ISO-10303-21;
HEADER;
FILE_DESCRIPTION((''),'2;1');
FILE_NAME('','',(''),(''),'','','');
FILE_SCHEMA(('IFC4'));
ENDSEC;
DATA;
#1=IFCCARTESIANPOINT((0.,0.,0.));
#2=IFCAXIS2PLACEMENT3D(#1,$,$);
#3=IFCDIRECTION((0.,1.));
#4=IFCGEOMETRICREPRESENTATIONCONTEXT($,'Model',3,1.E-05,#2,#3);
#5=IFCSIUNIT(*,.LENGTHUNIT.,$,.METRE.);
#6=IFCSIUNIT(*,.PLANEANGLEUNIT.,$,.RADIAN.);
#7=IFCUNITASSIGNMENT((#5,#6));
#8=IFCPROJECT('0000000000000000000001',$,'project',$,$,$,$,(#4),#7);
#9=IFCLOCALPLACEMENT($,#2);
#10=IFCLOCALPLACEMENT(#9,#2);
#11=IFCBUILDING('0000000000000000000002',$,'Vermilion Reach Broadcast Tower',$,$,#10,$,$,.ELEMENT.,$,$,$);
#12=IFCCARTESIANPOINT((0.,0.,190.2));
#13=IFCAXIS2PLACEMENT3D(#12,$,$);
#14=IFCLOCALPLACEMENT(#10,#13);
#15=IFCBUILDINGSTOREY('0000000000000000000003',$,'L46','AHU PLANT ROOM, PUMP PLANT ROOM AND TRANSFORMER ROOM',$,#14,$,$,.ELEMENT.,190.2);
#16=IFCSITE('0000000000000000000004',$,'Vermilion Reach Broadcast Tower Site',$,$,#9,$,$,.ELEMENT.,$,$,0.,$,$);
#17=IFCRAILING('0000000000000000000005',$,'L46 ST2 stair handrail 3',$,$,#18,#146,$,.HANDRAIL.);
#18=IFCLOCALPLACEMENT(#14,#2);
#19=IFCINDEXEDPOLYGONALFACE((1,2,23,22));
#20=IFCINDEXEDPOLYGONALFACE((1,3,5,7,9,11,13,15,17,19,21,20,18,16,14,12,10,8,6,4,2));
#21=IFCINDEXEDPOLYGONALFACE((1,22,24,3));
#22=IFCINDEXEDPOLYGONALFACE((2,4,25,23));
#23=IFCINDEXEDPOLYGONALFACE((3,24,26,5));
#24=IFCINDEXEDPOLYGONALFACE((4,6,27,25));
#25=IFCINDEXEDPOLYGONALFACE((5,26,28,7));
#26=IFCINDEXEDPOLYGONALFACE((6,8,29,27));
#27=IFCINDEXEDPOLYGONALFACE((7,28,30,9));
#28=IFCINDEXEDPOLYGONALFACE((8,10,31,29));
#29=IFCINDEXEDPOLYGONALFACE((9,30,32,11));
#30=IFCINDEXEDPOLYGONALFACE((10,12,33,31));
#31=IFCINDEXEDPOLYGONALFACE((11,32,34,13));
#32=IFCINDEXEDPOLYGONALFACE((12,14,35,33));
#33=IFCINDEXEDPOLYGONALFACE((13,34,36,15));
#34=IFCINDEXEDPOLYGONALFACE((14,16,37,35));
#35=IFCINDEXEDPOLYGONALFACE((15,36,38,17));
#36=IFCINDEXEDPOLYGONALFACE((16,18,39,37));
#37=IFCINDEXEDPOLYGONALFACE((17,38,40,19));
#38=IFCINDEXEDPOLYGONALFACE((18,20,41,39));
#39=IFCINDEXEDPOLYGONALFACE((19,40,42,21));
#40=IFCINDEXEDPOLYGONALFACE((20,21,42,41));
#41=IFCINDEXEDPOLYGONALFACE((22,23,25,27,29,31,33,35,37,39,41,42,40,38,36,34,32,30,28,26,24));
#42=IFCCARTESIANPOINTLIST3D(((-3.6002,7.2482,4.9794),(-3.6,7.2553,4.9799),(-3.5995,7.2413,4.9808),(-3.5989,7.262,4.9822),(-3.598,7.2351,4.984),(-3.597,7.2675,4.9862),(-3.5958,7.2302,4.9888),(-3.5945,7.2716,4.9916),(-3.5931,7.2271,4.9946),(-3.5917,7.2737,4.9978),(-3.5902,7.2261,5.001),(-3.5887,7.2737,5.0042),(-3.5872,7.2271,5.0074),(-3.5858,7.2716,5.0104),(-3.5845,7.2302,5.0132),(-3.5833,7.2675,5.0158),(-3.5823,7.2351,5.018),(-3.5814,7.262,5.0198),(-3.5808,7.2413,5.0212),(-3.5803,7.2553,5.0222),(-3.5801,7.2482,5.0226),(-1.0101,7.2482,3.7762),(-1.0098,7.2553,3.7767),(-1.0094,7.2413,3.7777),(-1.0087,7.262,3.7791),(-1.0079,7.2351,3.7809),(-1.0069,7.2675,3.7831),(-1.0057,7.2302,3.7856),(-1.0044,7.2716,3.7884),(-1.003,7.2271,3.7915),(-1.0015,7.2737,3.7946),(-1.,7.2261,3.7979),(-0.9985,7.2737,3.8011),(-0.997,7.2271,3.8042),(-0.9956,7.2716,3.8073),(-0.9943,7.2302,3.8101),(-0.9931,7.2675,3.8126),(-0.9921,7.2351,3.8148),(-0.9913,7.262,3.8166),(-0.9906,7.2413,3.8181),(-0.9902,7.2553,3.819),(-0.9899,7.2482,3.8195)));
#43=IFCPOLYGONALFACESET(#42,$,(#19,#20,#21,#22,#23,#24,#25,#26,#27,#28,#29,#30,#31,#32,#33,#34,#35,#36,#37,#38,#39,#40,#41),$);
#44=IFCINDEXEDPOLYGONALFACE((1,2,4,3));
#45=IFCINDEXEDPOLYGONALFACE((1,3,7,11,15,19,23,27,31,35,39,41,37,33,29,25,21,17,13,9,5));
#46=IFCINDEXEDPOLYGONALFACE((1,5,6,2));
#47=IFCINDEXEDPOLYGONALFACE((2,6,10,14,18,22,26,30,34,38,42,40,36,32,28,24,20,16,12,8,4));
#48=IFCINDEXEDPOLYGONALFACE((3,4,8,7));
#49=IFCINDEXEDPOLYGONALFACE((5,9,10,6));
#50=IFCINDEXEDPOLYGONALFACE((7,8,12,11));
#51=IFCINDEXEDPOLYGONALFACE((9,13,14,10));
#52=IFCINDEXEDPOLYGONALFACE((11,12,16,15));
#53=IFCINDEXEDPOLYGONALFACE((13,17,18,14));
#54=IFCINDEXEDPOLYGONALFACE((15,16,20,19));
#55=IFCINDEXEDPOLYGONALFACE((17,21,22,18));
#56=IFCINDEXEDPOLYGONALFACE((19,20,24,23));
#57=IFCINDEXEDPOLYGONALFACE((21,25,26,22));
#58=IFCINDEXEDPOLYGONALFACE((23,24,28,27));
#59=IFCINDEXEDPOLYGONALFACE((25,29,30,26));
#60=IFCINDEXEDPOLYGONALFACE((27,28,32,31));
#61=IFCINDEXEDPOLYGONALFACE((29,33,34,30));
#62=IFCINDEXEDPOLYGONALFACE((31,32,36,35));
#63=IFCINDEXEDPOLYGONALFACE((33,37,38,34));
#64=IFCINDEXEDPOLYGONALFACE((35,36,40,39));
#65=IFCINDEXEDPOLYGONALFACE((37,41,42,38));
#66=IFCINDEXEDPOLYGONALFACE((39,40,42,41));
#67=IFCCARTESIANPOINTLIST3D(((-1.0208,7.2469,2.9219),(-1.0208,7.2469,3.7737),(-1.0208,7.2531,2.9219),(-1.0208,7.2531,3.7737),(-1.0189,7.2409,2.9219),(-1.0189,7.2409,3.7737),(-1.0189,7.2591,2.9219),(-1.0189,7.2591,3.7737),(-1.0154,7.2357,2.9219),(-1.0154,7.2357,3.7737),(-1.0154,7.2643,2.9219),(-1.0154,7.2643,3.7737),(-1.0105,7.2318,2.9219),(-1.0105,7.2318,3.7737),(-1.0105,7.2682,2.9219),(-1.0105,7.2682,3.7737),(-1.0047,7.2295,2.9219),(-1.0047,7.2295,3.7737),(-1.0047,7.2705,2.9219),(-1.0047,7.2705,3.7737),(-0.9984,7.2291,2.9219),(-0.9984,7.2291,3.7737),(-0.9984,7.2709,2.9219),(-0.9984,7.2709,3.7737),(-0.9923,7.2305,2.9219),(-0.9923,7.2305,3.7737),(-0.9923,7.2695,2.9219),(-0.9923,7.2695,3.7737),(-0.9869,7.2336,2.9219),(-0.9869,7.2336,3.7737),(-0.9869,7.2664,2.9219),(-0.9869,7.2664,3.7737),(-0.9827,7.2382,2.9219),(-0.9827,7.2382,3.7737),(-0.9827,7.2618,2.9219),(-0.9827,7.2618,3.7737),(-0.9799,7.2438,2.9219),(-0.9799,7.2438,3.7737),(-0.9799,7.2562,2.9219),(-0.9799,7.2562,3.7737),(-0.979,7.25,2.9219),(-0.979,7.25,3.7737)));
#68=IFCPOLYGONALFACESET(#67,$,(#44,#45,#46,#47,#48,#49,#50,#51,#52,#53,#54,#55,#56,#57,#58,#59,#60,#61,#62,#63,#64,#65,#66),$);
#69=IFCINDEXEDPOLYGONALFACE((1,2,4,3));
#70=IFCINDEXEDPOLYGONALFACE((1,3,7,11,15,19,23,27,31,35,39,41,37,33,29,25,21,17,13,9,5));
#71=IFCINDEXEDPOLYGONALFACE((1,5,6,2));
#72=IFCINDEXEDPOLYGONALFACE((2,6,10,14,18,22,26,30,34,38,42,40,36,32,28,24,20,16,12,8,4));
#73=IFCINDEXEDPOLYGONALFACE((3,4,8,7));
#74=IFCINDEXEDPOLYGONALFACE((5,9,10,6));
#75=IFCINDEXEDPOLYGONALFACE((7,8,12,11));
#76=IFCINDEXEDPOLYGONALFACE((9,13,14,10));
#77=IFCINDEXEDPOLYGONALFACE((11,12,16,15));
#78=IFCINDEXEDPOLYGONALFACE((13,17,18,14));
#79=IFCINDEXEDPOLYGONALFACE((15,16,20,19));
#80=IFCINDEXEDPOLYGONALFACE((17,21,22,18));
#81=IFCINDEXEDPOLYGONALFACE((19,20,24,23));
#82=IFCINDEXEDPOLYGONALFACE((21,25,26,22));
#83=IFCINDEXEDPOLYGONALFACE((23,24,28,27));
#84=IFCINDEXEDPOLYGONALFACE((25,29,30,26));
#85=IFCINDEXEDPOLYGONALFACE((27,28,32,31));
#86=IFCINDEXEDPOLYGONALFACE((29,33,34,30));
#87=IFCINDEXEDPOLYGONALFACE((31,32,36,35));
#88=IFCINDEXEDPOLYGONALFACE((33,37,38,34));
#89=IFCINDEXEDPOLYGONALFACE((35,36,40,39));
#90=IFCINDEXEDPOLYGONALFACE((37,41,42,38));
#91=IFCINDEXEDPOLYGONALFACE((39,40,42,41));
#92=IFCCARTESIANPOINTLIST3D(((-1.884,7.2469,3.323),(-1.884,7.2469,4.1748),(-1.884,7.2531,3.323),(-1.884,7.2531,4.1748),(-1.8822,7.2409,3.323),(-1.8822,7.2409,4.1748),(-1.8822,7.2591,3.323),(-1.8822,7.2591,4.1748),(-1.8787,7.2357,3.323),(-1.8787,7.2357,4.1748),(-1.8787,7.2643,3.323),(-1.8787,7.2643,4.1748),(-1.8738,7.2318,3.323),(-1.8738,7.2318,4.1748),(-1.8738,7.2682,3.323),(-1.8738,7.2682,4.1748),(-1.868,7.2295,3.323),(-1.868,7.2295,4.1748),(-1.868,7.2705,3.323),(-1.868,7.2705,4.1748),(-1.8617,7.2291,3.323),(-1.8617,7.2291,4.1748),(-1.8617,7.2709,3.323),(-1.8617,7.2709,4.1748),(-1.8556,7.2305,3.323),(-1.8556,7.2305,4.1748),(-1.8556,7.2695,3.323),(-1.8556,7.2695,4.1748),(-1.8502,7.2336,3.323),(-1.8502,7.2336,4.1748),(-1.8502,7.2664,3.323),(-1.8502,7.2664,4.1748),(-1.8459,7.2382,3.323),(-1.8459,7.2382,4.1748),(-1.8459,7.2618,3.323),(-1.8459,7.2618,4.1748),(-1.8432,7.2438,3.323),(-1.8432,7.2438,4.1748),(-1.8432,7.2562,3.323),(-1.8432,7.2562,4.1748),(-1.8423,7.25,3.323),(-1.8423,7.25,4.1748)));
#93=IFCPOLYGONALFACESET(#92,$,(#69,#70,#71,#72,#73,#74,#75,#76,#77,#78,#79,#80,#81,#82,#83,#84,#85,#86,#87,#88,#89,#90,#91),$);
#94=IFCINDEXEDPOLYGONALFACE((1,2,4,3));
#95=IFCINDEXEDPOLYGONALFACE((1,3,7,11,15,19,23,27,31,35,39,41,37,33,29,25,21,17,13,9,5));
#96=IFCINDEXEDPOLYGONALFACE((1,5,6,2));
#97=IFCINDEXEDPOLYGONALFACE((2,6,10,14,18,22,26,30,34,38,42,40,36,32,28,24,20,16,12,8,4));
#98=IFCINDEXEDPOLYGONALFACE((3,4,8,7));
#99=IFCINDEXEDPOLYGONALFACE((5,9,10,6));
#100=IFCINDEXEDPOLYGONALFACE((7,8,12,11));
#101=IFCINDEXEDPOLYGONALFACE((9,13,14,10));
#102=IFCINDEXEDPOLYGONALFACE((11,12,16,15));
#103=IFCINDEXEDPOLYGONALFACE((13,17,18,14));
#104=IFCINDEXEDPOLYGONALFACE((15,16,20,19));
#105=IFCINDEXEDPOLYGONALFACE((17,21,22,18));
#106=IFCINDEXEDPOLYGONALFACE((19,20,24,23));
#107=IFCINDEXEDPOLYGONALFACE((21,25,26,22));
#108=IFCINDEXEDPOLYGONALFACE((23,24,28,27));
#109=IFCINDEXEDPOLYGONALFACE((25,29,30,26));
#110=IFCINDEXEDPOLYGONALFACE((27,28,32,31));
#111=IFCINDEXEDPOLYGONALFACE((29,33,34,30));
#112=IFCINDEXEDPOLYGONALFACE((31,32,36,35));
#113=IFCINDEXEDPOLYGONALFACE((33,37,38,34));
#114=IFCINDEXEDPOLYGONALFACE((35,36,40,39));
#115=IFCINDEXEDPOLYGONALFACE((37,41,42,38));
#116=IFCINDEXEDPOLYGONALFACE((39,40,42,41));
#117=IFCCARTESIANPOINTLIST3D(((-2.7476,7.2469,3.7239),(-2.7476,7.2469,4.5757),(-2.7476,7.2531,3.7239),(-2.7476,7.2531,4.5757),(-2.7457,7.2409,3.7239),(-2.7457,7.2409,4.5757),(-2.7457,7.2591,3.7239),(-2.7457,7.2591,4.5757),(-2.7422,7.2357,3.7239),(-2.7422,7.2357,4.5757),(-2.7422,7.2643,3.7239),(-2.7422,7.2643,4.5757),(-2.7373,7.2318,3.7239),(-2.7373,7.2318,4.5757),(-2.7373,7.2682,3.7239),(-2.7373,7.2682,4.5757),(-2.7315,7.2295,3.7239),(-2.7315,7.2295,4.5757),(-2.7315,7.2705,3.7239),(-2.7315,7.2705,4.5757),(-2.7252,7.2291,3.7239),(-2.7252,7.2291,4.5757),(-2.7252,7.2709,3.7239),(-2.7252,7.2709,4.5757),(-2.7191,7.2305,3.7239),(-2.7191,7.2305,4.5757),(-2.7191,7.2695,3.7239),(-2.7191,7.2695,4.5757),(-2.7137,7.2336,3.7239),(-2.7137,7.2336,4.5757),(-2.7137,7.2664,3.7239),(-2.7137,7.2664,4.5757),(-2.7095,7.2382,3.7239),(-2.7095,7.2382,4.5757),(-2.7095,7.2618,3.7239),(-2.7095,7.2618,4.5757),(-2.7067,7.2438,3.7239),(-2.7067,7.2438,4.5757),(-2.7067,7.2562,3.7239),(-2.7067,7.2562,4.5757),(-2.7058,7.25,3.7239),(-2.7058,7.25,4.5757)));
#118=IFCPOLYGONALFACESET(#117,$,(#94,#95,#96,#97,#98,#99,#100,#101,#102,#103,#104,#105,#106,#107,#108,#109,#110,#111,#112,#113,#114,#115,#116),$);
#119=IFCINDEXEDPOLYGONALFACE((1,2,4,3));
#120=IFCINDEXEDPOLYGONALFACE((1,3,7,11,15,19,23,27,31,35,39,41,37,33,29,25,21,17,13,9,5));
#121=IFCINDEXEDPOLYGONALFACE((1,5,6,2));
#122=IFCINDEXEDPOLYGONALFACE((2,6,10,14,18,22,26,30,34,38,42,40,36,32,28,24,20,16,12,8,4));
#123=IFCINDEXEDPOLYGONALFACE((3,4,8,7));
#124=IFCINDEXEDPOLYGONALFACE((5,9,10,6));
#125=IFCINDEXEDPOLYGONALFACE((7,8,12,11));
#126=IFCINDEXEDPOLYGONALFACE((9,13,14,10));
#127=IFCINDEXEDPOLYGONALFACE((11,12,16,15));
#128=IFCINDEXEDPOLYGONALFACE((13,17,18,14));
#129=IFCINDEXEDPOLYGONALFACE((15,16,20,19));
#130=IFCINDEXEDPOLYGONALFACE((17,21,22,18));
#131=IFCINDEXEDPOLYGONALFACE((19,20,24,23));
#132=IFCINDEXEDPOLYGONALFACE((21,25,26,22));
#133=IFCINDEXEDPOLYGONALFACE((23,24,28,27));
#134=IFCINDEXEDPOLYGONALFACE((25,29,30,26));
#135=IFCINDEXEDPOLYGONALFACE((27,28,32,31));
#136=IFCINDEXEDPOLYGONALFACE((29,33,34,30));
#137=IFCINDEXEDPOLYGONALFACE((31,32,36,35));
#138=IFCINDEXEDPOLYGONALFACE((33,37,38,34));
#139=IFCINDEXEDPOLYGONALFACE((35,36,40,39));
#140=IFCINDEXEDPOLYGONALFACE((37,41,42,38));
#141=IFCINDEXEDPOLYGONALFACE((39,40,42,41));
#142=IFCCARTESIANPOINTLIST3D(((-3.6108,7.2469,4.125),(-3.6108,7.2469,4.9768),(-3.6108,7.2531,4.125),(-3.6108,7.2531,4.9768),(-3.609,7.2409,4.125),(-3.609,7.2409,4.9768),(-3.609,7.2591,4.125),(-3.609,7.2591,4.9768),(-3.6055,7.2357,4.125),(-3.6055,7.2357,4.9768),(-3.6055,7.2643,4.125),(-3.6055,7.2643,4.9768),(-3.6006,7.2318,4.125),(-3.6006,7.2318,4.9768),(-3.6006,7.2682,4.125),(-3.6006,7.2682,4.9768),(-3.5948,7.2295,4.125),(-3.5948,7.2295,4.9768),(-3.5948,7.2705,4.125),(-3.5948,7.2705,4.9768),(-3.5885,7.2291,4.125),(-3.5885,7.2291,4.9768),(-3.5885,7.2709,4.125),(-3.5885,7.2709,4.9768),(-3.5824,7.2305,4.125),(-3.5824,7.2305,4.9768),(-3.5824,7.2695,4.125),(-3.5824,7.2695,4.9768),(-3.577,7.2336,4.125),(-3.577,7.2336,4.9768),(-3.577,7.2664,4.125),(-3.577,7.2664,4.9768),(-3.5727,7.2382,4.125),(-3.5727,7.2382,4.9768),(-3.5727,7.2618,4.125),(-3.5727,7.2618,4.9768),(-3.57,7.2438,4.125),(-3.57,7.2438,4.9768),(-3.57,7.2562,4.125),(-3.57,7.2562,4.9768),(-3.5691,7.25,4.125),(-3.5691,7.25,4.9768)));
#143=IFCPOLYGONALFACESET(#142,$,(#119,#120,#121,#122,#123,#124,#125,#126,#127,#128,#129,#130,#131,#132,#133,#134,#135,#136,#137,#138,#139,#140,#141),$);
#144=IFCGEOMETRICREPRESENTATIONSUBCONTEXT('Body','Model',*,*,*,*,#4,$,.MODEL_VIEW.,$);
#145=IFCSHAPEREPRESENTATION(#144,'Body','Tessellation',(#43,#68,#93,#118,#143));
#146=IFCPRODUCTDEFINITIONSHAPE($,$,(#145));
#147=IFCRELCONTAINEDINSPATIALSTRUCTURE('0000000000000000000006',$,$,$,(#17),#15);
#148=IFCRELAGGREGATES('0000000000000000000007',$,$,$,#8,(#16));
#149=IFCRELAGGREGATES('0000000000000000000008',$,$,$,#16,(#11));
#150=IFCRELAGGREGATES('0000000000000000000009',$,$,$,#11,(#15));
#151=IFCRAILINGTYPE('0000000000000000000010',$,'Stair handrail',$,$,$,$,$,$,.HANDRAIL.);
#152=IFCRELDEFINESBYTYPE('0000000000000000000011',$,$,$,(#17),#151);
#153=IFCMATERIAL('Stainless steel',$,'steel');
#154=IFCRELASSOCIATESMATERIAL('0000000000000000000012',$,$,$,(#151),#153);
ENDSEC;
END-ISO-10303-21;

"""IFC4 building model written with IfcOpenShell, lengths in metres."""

from ifc_helpers import new_model, si_unit, direction, frame, origin, origin_2d, place, context, subcontext, project, spatial, circle, extrude, material, type_object, element, save


model = new_model("IFC4")

# Units and contexts
model_context = context("Model", 3, precision=1e-05, world=origin(), true_north=direction((0.0, 1.0)))
body_context = subcontext(model_context, "Body", "Model", "MODEL_VIEW")
ifc_project = project(units=[si_unit("LENGTHUNIT", "METRE"), si_unit("PLANEANGLEUNIT", "RADIAN")], contexts=[model_context])

# Site, building, storey
site_placement = place(None, origin())
site = spatial("IfcSite", under=ifc_project, at=site_placement, Name="Vermilion Reach Broadcast Tower Site", CompositionType="ELEMENT", RefElevation=0.0)
building_placement = place(site_placement, origin())
building = spatial("IfcBuilding", under=site, at=building_placement, Name="Vermilion Reach Broadcast Tower", CompositionType="ELEMENT")
storey_placement = place(building_placement, frame((0.0, 0.0, 190.2)))
storey = spatial("IfcBuildingStorey", under=building, at=storey_placement, Name="L46", Description="AHU PLANT ROOM, PUMP PLANT ROOM AND TRANSFORMER ROOM", CompositionType="ELEMENT", Elevation=190.2)

# Railing
ifc_material_1 = material(Name="Stainless steel", Category="steel")
railing_type_1 = type_object("IfcRailingType", Name="Stair handrail", PredefinedType="HANDRAIL", material=ifc_material_1)
railing_1_placement = place(storey_placement, frame((-1.0, 7.25, 2.9219)))
element("IfcRailing", 1, at=railing_1_placement, inside=storey, type_object=railing_type_1, Name="L46 ST2 stair handrail 3", PredefinedType="HANDRAIL", context=body_context, shape_type="SweptSolid", body=[
    extrude(circle(Radius=0.0239, at=origin_2d()), frame((0.0, 0.0, 0.876), z_axis=(-0.906931, 0.0, 0.42128), x_axis=(0.0, -1.0, 0.0)), (0.0, 0.0, 1.0), 2.856),
    extrude(circle(Radius=0.021, at=origin_2d()), origin(), (0.0, 0.0, 1.0), 0.8518),
    extrude(circle(Radius=0.021, at=origin_2d()), frame((-0.8633, 0.0, 0.4011)), (0.0, 0.0, 1.0), 0.8518),
    extrude(circle(Radius=0.021, at=origin_2d()), frame((-1.7268, 0.0, 0.802)), (0.0, 0.0, 1.0), 0.8518),
    extrude(circle(Radius=0.021, at=origin_2d()), frame((-2.5901, 0.0, 1.2031)), (0.0, 0.0, 1.0), 0.8518),
])

save(model, "model.ifc")
